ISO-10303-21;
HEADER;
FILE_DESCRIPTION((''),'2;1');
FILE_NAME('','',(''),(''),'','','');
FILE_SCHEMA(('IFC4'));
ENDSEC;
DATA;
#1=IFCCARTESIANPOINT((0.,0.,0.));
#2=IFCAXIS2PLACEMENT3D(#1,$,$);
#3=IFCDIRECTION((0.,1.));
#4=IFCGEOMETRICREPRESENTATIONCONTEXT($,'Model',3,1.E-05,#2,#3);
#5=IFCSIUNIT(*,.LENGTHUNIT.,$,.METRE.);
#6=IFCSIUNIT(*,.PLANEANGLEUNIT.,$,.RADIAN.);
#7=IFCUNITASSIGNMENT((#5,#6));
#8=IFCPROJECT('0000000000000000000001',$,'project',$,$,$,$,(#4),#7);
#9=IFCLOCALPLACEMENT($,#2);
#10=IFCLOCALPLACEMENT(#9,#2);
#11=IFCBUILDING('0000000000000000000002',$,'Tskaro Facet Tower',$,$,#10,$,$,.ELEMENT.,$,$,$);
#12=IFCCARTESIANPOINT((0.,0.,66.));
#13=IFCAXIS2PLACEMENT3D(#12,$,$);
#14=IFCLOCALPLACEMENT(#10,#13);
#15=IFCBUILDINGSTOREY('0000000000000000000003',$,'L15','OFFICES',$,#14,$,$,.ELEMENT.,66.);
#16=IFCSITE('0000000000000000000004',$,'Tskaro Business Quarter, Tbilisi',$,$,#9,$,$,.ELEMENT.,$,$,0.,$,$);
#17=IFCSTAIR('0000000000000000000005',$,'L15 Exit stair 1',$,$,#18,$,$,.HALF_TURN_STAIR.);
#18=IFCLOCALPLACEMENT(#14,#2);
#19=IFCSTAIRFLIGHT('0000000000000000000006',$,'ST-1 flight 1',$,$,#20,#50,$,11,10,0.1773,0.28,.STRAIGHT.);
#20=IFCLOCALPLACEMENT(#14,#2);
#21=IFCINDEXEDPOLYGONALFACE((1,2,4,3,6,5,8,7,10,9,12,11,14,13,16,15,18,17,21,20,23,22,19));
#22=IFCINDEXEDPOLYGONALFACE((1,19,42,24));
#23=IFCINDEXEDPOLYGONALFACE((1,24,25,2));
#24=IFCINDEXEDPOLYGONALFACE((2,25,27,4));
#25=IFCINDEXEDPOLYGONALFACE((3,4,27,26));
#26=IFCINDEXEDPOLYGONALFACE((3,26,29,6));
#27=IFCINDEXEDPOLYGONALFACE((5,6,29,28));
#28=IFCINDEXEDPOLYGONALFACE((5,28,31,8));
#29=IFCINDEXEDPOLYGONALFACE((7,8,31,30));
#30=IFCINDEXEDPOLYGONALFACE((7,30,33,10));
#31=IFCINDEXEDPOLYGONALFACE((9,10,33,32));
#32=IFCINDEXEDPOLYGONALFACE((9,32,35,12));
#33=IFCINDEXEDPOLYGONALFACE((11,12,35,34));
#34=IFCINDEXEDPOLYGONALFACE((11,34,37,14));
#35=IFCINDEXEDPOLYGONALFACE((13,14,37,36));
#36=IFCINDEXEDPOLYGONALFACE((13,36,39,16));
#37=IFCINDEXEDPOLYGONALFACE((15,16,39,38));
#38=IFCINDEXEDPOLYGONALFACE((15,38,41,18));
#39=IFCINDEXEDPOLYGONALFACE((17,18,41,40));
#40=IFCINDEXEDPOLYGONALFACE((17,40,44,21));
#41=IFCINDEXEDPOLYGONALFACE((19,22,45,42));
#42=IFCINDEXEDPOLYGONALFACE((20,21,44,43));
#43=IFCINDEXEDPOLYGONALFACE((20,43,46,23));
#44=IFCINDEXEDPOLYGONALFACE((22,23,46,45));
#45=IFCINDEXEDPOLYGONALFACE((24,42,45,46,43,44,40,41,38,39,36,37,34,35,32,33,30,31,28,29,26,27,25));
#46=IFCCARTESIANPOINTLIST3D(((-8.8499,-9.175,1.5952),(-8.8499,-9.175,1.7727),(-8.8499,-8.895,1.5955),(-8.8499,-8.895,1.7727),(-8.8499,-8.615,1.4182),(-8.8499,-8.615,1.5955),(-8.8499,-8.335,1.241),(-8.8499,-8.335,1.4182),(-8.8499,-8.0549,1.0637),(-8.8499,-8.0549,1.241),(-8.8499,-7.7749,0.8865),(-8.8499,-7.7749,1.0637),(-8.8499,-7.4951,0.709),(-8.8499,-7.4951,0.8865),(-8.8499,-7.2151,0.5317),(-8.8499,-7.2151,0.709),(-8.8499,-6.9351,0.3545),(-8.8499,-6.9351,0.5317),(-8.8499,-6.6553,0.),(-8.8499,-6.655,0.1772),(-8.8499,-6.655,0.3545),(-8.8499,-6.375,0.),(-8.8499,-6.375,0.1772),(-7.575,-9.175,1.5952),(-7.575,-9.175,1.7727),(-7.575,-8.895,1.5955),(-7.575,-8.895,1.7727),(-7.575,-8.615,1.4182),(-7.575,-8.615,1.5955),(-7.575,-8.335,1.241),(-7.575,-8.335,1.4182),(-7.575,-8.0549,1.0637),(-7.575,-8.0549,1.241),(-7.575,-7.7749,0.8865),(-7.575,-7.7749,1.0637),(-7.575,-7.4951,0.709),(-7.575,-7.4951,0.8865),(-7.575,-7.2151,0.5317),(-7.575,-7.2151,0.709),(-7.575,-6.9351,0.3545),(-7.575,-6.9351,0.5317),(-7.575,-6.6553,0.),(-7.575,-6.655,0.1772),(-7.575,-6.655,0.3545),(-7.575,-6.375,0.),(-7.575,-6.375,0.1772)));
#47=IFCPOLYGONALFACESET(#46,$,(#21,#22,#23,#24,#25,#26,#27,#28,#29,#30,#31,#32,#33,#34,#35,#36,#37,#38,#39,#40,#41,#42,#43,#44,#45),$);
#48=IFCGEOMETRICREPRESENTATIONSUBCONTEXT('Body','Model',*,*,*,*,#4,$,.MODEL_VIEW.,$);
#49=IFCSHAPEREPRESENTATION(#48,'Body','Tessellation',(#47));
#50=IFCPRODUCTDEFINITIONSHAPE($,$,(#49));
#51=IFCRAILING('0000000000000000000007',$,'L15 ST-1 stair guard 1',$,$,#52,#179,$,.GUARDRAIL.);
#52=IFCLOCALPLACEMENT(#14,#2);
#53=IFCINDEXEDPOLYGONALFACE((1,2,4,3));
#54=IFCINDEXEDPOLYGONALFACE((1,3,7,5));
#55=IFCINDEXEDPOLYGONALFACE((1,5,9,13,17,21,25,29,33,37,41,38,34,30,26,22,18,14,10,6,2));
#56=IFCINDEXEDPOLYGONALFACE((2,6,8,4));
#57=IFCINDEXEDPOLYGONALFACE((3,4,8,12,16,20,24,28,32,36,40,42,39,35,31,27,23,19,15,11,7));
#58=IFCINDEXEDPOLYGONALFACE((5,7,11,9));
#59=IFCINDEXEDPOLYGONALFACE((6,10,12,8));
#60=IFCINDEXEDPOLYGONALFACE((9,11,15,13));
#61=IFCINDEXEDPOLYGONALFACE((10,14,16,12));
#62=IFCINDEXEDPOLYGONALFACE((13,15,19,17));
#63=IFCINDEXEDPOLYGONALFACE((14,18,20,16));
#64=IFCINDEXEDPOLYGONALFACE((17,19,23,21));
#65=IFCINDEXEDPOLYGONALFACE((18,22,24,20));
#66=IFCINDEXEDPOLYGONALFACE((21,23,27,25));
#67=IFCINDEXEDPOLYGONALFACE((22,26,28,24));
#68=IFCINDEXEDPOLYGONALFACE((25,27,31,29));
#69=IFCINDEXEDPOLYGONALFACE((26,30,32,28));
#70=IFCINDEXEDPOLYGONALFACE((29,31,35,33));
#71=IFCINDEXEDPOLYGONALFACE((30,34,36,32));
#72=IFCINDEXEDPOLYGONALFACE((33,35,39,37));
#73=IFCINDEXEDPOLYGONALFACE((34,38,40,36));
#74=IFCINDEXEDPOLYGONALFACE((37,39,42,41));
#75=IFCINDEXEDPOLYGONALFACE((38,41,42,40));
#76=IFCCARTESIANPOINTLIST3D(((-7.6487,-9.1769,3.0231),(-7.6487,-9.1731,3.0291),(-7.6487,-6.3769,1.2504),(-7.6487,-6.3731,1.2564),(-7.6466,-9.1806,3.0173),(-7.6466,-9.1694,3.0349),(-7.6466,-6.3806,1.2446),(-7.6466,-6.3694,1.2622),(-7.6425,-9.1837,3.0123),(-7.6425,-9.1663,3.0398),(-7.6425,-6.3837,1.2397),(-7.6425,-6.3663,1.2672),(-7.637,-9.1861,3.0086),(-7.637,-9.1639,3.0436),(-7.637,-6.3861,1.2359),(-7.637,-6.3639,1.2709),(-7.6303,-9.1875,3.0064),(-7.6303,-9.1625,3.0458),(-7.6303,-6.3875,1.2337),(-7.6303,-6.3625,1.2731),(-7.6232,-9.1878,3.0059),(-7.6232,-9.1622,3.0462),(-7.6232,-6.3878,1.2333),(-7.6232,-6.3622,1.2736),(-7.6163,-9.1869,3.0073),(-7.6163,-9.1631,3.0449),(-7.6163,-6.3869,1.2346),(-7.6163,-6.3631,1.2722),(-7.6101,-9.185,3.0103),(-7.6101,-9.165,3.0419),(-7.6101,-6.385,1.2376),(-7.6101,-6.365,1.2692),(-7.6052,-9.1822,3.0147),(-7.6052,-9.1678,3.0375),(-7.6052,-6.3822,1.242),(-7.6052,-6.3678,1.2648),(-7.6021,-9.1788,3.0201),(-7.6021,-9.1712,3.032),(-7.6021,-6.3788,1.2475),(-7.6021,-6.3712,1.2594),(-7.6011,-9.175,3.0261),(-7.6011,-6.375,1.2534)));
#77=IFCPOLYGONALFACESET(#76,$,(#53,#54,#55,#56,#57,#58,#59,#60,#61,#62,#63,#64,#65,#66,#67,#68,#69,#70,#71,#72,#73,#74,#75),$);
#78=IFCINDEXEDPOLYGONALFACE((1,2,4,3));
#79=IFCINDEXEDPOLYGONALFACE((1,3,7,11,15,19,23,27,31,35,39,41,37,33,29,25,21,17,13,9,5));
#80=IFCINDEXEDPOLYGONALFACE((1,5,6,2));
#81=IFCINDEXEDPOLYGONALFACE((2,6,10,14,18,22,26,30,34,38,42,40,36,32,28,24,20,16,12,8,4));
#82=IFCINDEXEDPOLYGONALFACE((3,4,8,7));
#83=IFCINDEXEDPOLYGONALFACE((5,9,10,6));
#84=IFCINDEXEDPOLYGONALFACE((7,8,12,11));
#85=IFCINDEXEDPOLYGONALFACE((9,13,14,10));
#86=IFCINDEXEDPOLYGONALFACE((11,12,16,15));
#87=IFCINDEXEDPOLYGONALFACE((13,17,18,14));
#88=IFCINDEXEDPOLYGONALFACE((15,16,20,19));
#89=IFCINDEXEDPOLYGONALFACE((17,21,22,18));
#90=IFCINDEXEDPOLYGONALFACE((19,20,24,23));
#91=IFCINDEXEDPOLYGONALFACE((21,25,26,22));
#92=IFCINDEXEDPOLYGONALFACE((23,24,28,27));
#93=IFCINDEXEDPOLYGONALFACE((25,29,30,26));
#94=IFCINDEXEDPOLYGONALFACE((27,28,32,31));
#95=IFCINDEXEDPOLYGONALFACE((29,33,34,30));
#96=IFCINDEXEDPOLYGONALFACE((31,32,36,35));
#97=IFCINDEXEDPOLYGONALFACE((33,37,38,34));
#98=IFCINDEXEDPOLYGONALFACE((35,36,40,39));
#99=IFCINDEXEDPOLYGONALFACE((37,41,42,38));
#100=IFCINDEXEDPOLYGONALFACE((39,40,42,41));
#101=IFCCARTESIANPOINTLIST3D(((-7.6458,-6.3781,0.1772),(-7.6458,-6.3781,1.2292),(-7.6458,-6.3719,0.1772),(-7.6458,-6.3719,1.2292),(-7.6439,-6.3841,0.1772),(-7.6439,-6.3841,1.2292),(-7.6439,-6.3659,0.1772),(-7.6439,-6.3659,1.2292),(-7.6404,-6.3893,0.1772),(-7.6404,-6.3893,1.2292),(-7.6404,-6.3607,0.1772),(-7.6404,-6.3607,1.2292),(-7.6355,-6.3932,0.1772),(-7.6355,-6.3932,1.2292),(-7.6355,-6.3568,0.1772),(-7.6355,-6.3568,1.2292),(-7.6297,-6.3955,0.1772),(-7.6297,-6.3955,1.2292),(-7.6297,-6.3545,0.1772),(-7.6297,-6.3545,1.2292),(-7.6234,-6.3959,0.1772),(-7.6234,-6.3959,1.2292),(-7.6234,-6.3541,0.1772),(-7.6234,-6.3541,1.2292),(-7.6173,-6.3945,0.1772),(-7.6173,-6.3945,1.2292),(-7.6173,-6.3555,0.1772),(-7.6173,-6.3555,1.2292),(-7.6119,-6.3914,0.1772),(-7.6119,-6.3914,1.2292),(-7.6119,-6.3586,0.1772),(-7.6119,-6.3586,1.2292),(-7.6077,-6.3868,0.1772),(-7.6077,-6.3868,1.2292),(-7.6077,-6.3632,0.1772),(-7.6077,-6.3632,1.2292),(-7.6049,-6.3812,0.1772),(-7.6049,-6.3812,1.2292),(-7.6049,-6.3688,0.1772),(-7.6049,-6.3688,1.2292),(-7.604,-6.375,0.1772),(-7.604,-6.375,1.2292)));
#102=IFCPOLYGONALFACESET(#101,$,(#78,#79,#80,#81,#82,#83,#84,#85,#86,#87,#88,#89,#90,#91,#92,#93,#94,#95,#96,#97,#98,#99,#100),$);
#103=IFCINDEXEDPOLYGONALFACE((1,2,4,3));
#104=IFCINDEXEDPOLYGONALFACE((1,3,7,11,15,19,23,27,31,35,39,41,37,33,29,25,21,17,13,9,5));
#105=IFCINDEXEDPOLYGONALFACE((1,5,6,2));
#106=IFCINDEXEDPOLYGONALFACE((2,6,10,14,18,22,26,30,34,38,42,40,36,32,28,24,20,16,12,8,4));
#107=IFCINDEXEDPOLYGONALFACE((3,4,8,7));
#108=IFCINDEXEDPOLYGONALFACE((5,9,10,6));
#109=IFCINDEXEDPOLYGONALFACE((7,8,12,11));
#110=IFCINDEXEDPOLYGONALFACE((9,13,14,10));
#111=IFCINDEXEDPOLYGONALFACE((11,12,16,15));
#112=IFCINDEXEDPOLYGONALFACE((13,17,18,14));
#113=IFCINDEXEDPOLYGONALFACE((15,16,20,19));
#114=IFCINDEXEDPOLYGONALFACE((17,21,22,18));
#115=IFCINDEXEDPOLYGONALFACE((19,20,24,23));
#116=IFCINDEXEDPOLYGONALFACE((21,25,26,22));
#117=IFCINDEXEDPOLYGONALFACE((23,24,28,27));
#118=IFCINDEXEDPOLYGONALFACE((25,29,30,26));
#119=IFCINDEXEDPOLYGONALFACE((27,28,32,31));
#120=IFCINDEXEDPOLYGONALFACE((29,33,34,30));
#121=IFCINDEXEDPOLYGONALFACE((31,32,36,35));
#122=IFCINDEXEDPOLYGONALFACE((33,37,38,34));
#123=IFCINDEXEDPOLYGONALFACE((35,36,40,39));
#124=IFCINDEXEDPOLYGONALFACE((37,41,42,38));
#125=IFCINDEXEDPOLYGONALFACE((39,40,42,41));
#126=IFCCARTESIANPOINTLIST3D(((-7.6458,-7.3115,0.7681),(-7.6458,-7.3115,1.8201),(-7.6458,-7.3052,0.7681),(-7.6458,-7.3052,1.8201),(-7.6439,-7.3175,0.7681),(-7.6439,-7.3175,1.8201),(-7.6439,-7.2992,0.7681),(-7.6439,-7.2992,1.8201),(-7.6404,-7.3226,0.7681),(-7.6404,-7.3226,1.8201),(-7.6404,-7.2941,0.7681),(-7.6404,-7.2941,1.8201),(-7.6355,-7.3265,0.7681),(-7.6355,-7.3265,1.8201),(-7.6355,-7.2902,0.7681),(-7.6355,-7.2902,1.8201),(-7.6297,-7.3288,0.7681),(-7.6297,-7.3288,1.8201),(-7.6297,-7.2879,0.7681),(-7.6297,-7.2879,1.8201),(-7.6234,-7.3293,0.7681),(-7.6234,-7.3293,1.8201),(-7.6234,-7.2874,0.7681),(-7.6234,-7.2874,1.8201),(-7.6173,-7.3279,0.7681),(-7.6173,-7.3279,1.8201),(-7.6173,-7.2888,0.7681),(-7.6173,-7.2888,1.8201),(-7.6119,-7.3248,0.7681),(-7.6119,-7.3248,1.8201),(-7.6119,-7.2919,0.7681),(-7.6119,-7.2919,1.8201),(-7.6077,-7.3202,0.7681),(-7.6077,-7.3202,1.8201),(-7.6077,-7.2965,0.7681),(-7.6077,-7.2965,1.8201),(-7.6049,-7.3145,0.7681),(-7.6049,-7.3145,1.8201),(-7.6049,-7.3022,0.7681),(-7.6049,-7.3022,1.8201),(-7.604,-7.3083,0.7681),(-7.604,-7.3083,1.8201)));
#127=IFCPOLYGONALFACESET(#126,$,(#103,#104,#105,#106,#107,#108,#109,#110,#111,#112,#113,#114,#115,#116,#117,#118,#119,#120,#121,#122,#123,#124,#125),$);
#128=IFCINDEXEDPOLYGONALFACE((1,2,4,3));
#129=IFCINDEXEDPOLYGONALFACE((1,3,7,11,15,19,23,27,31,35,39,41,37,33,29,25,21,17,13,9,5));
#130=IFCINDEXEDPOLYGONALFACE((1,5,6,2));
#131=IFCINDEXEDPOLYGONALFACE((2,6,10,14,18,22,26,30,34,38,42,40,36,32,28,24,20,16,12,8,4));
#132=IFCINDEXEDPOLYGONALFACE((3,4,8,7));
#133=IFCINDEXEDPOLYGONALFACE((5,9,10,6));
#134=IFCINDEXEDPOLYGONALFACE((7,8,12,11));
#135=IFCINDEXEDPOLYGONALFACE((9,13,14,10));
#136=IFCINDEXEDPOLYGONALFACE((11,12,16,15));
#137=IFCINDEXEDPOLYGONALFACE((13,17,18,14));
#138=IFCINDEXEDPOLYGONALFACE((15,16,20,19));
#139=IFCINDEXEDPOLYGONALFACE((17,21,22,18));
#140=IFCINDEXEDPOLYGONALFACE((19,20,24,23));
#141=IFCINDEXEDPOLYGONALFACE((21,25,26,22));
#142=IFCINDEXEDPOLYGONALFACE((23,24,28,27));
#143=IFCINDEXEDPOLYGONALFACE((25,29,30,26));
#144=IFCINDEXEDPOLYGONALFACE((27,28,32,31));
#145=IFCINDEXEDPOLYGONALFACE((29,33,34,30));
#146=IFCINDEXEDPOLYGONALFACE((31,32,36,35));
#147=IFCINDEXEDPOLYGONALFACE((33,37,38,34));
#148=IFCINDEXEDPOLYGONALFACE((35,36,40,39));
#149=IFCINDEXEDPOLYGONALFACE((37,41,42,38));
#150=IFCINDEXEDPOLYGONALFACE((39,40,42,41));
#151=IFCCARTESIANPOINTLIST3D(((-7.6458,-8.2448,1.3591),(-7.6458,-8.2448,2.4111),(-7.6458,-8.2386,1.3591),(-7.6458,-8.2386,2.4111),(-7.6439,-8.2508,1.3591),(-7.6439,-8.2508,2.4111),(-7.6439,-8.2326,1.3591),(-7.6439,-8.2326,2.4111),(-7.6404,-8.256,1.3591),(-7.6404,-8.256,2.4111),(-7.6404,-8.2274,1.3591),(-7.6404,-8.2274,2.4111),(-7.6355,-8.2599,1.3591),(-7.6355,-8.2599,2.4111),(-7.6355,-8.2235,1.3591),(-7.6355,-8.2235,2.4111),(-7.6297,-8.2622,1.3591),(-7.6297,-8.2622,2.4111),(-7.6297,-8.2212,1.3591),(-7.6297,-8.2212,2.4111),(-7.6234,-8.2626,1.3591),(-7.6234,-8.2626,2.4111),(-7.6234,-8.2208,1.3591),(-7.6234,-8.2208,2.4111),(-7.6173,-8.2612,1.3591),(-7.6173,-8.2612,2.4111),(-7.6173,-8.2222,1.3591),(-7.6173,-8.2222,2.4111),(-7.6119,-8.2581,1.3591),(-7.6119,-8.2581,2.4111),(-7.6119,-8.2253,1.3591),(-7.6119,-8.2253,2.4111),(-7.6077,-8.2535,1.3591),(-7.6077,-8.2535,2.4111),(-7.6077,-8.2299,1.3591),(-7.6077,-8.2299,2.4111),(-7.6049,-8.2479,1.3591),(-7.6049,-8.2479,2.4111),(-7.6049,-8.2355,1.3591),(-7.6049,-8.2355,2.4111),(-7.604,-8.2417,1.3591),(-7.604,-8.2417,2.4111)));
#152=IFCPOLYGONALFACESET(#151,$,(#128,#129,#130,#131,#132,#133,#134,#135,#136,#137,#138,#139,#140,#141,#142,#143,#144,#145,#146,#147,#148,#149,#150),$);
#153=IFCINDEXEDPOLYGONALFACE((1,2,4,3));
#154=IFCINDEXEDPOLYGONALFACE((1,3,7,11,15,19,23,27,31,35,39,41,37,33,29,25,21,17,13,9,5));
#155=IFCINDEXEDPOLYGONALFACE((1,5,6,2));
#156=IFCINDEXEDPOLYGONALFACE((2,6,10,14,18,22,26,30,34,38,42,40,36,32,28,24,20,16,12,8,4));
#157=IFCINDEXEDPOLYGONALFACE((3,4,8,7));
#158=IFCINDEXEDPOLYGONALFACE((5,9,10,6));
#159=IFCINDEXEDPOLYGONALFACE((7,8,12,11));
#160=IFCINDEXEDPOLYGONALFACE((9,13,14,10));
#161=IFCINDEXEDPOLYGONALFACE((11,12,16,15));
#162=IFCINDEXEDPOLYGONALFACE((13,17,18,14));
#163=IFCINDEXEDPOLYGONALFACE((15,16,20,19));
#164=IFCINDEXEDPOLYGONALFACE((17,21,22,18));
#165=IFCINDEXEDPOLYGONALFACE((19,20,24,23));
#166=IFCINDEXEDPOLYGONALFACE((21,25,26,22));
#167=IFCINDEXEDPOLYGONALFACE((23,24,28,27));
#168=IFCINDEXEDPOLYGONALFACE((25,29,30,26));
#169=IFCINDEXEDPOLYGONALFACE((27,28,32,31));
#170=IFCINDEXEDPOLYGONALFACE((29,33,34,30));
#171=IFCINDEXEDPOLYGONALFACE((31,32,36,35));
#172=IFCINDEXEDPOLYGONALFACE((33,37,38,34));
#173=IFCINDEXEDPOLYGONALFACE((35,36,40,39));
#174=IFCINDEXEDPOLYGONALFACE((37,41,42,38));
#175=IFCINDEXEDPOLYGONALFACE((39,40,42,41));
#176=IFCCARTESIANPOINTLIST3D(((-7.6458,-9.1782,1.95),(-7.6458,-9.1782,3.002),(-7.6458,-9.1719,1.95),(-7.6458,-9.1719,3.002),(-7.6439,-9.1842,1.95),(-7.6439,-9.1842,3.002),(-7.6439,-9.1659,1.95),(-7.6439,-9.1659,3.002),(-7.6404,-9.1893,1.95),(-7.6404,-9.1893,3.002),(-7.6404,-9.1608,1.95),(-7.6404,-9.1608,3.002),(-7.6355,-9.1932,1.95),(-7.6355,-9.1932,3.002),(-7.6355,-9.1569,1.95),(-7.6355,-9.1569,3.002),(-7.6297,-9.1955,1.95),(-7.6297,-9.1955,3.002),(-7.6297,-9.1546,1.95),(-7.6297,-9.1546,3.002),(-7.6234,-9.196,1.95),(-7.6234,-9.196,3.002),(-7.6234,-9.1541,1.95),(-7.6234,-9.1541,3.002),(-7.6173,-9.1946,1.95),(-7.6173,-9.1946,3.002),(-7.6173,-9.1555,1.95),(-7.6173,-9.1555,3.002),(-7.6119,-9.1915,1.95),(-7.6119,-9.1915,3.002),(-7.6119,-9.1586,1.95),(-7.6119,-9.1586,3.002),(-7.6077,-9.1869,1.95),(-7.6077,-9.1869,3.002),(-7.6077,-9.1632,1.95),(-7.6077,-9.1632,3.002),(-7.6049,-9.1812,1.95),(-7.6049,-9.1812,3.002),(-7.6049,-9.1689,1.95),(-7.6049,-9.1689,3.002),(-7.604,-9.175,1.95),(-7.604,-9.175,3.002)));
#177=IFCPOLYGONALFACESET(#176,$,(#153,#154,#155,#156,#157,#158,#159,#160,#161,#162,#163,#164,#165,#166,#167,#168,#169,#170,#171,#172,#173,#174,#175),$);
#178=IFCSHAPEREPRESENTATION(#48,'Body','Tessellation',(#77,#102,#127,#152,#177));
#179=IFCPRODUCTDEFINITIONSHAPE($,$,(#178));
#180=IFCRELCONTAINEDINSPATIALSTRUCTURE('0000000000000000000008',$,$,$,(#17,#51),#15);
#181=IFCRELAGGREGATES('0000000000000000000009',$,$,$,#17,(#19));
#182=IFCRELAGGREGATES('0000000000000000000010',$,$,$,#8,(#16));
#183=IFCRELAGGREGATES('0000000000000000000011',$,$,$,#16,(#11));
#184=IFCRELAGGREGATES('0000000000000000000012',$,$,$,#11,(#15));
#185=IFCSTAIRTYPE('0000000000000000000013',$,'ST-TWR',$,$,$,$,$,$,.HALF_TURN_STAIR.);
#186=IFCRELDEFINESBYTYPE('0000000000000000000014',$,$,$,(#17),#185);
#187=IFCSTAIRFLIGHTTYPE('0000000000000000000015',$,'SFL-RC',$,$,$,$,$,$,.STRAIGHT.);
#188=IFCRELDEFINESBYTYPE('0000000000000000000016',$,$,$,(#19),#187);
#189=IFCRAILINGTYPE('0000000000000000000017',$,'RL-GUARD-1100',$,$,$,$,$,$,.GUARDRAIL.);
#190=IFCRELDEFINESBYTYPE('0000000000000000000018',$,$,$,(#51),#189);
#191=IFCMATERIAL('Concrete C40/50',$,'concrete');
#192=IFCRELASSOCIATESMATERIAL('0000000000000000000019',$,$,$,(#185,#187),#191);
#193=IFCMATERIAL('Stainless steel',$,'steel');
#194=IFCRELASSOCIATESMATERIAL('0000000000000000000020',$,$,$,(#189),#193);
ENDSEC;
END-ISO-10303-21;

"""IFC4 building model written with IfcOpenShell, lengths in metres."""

from ifc_helpers import new_model, si_unit, direction, frame, origin, origin_2d, place, context, subcontext, project, spatial, polyline, circle, outline, extrude, material, type_object, element, aggregate, save


model = new_model("IFC4")

# Units and contexts
model_context = context("Model", 3, precision=1e-05, world=origin(), true_north=direction((0.0, 1.0)))
body_context = subcontext(model_context, "Body", "Model", "MODEL_VIEW")
ifc_project = project(units=[si_unit("LENGTHUNIT", "METRE"), si_unit("PLANEANGLEUNIT", "RADIAN")], contexts=[model_context])

# Site, building, storey
site_placement = place(None, origin())
site = spatial("IfcSite", under=ifc_project, at=site_placement, Name="Tskaro Business Quarter, Tbilisi", CompositionType="ELEMENT", RefElevation=0.0)
building_placement = place(site_placement, origin())
building = spatial("IfcBuilding", under=site, at=building_placement, Name="Tskaro Facet Tower", CompositionType="ELEMENT")
storey_placement = place(building_placement, frame((0.0, 0.0, 66.0)))
storey = spatial("IfcBuildingStorey", under=building, at=storey_placement, Name="L15", Description="OFFICES", CompositionType="ELEMENT", Elevation=66.0)

# Shared definitions
ifc_material_1 = material(Name="Stainless steel", Category="steel")

# Stair, stair flight
ifc_material_2 = material(Name="Concrete C40/50", Category="concrete")
stair_type = type_object("IfcStairType", Name="ST-TWR", PredefinedType="HALF_TURN_STAIR", material=ifc_material_2)
stair_placement = place(storey_placement, origin())
stair = element("IfcStair", 1, at=stair_placement, inside=storey, type_object=stair_type, Name="L15 Exit stair 1", PredefinedType="HALF_TURN_STAIR")
stair_flight_type = type_object("IfcStairFlightType", Name="SFL-RC", PredefinedType="STRAIGHT", material=ifc_material_2)
stair_flight_placement = place(storey_placement, frame((-8.2124, -6.375, 0.0), z_axis=(0.0, 0.0, 1.0), x_axis=(0.0, -1.0, 0.0)))
stair_flight = element("IfcStairFlight", 2, at=stair_flight_placement, type_object=stair_flight_type, Name="ST-1 flight 1", NumberOfRisers=11, NumberOfTreads=10, PredefinedType="STRAIGHT", RiserHeight=0.1773, TreadLength=0.28, context=body_context, shape_type="SweptSolid", body=[
    extrude(outline(polyline([(0.0, 0.0), (0.0, 0.1772), (0.28, 0.1772), (0.28, 0.3545), (0.5601, 0.3545), (0.5601, 0.5317), (0.8401, 0.5317), (0.8401, 0.709), (1.1201, 0.709), (1.1201, 0.8865), (1.3999, 0.8865), (1.3999, 1.0637), (1.6799, 1.0637), (1.6799, 1.241), (1.96, 1.241), (1.96, 1.4182), (2.24, 1.4182), (2.24, 1.5955), (2.52, 1.5955), (2.52, 1.7727), (2.8, 1.7727), (2.8, 1.95), (2.8, 1.5952), (0.2803, 0.0), (0.0, 0.0)])), frame((0.0, 0.6375, 0.0), z_axis=(0.0, -1.0, 0.0), x_axis=(1.0, 0.0, 0.0)), (0.0, 0.0, 1.0), 1.2749),
])
aggregate(stair, [stair_flight])

# Railing
railing_type_1 = type_object("IfcRailingType", Name="RL-GUARD-1100", PredefinedType="GUARDRAIL", material=ifc_material_1)
railing_1_placement = place(storey_placement, frame((-7.625, -6.375, 0.1772)))
element("IfcRailing", 3, at=railing_1_placement, inside=storey, type_object=railing_type_1, Name="L15 ST-1 stair guard 1", PredefinedType="GUARDRAIL", context=body_context, shape_type="SweptSolid", body=[
    extrude(circle(Radius=0.0239, at=origin_2d()), frame((0.0, 0.0, 1.0762), z_axis=(0.0, -0.844909, 0.53491), x_axis=(1.0, 0.0, 0.0)), (0.0, 0.0, 1.0), 3.314),
    extrude(circle(Radius=0.021, at=origin_2d()), origin(), (0.0, 0.0, 1.0), 1.052),
    extrude(circle(Radius=0.021, at=origin_2d()), frame((0.0, -0.9333, 0.5908)), (0.0, 0.0, 1.0), 1.052),
    extrude(circle(Radius=0.021, at=origin_2d()), frame((0.0, -1.8667, 1.1819)), (0.0, 0.0, 1.0), 1.052),
    extrude(circle(Radius=0.021, at=origin_2d()), frame((0.0, -2.8, 1.7727)), (0.0, 0.0, 1.0), 1.052),
])

save(model, "model.ifc")
